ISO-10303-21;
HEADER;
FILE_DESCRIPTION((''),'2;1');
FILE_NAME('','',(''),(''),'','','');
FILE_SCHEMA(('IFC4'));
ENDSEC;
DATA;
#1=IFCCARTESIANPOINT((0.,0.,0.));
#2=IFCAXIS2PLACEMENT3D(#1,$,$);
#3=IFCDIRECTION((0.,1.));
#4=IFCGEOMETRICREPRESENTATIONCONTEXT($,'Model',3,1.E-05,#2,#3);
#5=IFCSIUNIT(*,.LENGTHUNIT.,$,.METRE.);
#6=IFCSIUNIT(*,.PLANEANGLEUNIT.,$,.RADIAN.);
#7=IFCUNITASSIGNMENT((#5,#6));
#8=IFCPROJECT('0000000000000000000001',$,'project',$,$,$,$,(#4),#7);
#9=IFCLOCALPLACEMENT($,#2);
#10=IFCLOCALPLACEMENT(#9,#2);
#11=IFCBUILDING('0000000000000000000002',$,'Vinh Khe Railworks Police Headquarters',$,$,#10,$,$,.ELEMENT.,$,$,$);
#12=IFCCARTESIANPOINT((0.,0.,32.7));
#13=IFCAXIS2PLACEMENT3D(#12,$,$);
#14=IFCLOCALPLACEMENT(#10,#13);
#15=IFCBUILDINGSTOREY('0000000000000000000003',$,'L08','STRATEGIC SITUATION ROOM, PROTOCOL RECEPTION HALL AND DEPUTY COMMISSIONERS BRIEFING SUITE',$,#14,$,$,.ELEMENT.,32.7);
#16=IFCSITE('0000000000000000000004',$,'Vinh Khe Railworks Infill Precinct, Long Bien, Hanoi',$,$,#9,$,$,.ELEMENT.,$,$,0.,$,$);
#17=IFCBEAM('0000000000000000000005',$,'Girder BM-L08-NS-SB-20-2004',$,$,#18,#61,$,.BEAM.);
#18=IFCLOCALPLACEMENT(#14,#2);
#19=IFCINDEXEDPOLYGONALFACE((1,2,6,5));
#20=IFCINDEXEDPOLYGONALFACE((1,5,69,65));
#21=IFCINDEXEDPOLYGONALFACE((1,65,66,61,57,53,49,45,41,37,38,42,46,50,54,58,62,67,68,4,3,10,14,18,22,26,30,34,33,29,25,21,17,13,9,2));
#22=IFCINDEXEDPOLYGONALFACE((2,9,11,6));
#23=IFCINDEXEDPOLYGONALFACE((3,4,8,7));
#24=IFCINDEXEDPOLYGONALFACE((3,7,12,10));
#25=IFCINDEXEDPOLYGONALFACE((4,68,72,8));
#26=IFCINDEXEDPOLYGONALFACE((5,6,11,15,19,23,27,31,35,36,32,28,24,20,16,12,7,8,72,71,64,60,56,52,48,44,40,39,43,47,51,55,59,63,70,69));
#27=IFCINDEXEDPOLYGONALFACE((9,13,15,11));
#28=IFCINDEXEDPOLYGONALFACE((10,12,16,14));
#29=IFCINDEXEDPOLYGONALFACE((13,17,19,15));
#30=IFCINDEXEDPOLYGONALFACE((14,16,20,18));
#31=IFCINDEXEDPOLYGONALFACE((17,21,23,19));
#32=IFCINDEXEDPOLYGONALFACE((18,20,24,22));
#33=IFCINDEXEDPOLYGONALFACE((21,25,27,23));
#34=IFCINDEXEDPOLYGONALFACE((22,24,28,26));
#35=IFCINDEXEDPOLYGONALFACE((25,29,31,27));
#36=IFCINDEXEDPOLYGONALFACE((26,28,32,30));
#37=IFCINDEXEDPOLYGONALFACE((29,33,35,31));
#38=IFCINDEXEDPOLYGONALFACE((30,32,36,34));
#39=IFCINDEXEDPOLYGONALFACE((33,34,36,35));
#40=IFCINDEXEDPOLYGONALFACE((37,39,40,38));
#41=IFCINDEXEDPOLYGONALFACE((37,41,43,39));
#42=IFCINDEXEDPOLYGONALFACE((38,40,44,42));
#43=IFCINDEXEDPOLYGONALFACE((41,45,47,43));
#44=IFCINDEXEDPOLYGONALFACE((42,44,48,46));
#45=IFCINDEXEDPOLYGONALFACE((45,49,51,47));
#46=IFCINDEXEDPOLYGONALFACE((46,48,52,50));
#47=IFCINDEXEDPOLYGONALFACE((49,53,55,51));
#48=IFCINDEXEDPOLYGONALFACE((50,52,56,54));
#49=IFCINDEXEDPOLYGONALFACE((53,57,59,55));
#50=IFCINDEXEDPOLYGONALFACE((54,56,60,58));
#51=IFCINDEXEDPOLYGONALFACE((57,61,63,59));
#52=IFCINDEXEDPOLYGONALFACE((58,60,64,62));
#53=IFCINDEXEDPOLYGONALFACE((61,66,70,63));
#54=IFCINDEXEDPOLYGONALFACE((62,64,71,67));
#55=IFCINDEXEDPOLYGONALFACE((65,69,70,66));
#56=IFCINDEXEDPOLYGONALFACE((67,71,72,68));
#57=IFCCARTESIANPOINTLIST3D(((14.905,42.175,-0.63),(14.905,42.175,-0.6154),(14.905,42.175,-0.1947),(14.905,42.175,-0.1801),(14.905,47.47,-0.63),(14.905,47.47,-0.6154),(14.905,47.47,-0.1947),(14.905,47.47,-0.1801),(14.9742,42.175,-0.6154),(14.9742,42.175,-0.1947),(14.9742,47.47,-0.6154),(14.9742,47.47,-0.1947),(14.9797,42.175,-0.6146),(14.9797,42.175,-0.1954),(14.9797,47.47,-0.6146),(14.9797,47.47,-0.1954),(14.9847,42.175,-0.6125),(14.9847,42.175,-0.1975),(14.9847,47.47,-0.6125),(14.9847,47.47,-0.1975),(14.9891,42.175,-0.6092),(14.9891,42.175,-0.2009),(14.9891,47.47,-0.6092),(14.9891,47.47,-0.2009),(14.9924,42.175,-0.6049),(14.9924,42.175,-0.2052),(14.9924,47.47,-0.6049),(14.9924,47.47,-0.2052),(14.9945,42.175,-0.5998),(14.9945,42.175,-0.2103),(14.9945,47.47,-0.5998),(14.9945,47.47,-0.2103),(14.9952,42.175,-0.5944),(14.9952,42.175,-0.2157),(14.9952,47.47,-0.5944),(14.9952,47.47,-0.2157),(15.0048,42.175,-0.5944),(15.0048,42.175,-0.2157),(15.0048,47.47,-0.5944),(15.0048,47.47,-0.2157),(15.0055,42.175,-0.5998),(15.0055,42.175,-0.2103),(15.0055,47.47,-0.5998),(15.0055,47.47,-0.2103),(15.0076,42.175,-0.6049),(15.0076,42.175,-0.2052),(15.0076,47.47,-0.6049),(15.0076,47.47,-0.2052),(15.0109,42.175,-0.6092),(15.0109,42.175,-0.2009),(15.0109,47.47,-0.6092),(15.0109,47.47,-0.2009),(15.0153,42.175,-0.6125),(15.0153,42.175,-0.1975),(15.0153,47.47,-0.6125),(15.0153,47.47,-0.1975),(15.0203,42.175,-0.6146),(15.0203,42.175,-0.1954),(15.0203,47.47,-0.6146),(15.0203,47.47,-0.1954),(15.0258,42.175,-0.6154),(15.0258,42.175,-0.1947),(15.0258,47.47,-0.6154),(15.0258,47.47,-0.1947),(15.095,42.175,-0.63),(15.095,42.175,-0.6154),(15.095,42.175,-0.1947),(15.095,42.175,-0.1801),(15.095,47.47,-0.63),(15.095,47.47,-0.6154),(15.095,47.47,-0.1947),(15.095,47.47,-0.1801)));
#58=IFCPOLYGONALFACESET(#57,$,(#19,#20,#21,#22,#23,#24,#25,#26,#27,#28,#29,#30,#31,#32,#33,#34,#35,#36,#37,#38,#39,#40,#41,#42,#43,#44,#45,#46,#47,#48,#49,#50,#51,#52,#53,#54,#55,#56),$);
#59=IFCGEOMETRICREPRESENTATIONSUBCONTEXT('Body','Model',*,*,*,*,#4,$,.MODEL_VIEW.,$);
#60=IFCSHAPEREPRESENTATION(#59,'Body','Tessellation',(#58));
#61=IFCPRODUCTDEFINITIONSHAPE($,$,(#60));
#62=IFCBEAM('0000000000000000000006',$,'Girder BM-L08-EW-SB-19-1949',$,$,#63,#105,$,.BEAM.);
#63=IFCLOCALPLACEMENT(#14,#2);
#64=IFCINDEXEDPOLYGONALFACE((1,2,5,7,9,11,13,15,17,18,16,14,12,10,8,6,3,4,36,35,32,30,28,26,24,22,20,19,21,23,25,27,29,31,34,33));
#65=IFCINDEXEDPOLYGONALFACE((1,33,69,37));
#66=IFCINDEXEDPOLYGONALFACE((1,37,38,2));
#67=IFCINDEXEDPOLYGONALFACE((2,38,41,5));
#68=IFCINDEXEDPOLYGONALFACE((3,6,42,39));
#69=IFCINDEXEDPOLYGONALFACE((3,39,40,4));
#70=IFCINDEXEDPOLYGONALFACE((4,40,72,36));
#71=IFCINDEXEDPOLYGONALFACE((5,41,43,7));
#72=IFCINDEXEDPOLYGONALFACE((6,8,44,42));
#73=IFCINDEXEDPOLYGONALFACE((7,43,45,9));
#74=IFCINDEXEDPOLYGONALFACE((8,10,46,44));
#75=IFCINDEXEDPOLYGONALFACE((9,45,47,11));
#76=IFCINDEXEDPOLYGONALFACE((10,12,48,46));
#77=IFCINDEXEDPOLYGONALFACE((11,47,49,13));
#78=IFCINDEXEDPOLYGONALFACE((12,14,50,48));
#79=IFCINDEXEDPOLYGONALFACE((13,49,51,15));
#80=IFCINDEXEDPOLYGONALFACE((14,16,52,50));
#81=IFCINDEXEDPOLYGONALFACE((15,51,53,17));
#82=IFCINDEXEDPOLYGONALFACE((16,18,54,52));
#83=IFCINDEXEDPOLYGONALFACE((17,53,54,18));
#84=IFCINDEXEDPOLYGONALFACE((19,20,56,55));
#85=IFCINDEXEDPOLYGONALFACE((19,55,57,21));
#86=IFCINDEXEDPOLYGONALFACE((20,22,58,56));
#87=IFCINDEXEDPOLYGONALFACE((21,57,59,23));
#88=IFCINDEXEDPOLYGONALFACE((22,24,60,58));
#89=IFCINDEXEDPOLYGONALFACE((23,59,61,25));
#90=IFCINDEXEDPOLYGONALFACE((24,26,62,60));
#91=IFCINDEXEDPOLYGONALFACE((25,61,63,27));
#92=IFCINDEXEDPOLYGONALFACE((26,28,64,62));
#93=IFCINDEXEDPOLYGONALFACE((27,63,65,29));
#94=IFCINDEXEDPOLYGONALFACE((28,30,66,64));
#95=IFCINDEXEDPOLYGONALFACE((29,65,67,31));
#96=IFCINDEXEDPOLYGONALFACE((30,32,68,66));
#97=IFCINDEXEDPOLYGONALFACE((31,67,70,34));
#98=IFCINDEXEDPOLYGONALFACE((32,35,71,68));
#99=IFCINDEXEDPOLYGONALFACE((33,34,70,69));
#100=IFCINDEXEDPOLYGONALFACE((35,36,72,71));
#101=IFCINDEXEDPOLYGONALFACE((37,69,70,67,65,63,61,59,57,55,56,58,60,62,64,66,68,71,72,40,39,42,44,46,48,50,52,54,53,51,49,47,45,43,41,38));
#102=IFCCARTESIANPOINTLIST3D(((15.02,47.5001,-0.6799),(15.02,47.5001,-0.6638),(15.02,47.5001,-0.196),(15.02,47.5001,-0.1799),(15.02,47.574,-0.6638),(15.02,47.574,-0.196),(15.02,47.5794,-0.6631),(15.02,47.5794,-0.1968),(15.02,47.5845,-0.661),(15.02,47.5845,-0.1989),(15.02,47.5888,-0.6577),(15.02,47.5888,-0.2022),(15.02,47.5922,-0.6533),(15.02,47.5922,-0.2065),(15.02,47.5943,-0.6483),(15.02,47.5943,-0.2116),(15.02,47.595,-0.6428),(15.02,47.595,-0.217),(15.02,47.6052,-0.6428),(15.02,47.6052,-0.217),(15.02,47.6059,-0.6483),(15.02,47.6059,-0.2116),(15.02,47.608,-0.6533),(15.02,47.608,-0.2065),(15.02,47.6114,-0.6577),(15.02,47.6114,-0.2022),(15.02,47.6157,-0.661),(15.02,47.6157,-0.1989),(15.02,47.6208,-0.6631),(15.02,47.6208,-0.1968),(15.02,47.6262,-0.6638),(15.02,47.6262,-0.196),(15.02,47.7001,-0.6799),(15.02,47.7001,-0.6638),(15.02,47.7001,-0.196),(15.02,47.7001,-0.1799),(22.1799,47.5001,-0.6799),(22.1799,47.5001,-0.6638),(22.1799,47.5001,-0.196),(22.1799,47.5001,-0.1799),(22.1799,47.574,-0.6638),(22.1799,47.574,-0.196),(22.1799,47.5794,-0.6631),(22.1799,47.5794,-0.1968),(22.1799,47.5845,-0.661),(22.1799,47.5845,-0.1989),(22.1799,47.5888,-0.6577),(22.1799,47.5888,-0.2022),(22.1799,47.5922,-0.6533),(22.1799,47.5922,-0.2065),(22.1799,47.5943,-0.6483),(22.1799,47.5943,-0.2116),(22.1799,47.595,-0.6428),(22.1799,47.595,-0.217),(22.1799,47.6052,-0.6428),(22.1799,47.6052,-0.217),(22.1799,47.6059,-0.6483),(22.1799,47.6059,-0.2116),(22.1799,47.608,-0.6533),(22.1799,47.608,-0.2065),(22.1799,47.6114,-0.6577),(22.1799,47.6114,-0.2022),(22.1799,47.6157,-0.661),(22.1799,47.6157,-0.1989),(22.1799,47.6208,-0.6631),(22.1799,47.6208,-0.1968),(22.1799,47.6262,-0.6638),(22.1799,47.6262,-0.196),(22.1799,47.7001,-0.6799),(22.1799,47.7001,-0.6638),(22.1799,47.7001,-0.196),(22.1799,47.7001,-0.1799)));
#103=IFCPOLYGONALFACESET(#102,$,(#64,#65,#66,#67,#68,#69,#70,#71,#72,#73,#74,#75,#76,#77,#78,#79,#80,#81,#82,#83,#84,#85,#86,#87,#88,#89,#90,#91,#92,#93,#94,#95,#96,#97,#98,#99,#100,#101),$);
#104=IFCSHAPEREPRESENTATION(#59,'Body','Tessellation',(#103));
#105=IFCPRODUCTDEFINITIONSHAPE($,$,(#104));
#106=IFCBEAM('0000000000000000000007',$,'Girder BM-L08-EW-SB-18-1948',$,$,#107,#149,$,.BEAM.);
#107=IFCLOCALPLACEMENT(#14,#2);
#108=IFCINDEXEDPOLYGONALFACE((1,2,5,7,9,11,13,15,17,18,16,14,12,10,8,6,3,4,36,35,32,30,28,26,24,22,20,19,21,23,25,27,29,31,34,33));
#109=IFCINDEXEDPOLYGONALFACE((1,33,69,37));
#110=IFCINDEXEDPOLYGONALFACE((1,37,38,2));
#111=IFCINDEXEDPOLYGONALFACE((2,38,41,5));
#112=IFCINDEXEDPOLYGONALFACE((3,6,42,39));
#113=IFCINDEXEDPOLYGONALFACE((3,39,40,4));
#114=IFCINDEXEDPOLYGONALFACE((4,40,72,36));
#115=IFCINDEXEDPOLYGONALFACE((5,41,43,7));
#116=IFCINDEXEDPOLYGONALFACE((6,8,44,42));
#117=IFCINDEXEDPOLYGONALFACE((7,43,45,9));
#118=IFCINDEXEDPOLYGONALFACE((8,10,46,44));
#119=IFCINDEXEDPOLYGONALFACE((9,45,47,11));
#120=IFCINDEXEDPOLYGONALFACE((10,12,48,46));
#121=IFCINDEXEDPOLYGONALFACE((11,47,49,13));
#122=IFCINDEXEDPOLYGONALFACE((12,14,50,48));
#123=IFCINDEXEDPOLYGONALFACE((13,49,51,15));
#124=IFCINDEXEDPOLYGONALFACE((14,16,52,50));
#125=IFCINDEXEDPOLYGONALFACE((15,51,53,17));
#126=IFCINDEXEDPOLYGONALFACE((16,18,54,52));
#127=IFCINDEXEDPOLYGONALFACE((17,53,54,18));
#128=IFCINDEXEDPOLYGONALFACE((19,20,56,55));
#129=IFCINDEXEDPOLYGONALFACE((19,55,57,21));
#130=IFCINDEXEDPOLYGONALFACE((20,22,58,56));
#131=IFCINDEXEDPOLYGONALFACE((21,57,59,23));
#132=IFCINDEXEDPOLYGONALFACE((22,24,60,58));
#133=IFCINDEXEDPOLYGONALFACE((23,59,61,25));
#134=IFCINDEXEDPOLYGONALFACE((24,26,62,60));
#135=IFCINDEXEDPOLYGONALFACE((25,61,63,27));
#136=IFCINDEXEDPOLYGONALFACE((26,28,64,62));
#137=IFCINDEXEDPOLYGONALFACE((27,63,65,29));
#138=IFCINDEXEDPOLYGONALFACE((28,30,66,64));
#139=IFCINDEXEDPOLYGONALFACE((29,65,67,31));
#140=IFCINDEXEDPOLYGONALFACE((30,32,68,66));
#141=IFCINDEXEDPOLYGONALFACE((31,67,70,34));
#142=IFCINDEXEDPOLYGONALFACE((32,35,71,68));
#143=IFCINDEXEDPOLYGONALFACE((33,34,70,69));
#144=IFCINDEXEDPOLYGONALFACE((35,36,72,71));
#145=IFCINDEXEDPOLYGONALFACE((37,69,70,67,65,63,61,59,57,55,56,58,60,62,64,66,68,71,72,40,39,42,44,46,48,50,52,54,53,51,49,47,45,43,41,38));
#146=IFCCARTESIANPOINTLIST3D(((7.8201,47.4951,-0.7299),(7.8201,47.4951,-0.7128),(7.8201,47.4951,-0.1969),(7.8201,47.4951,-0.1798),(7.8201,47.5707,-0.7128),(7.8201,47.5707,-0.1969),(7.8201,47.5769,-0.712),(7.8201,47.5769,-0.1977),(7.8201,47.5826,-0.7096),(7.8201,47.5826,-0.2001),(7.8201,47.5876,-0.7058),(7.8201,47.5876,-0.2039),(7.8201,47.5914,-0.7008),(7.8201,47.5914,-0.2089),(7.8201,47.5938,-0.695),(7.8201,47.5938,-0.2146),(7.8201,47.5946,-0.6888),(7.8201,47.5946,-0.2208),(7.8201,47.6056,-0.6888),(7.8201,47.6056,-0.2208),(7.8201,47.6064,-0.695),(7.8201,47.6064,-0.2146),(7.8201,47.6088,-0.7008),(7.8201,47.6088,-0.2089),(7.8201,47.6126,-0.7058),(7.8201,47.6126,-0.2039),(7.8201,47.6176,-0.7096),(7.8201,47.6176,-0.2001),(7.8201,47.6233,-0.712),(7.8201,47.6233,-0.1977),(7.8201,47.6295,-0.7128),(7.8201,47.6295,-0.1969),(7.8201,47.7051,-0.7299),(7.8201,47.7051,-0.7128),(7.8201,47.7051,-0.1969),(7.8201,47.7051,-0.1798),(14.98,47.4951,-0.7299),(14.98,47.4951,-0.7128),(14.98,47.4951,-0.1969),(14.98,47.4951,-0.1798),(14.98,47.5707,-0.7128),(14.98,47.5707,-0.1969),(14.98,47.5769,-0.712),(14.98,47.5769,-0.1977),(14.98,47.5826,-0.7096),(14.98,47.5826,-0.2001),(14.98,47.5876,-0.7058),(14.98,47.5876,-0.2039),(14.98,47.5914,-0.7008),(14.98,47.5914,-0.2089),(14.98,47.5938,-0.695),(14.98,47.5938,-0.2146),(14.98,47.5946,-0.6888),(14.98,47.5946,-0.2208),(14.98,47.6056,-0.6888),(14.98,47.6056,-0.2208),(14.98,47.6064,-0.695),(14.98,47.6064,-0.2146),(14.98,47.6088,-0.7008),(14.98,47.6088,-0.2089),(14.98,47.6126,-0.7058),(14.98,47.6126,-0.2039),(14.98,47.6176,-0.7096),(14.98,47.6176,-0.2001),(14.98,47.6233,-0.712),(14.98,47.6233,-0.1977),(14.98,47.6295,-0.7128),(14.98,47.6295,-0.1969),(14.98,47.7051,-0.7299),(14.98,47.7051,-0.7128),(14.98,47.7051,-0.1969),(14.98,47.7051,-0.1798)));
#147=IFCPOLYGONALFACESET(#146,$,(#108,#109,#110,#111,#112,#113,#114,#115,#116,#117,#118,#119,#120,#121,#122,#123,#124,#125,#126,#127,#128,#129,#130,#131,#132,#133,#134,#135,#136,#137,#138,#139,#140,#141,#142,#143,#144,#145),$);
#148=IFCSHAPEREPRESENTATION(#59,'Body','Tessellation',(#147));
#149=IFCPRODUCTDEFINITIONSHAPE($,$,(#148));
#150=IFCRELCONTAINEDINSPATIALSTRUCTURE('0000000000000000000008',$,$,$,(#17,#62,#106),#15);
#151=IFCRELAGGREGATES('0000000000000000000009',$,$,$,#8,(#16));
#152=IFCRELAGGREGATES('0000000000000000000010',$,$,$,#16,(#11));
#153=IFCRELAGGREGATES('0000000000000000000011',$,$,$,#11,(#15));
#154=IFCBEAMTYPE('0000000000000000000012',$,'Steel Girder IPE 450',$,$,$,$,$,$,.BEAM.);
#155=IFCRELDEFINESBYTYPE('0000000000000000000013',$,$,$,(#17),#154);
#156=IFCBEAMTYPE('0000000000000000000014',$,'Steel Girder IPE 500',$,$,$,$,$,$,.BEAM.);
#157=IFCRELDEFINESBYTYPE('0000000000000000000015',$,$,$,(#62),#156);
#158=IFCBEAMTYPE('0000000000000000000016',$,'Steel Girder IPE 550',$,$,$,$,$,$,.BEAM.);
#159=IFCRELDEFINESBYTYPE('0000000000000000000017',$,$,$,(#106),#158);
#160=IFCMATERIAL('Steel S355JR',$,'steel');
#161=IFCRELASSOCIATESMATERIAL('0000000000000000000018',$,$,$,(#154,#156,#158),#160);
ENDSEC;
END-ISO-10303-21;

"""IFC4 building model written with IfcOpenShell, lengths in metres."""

from ifc_helpers import new_model, si_unit, direction, frame, origin, origin_2d, place, context, subcontext, project, spatial, i_section, extrude, material, material_profile, profile_set, type_object, element, save


model = new_model("IFC4")

# Units and contexts
model_context = context("Model", 3, precision=1e-05, world=origin(), true_north=direction((0.0, 1.0)))
body_context = subcontext(model_context, "Body", "Model", "MODEL_VIEW")
ifc_project = project(units=[si_unit("LENGTHUNIT", "METRE"), si_unit("PLANEANGLEUNIT", "RADIAN")], contexts=[model_context])

# Site, building, storey
site_placement = place(None, origin())
site = spatial("IfcSite", under=ifc_project, at=site_placement, Name="Vinh Khe Railworks Infill Precinct, Long Bien, Hanoi", CompositionType="ELEMENT", RefElevation=0.0)
building_placement = place(site_placement, origin())
building = spatial("IfcBuilding", under=site, at=building_placement, Name="Vinh Khe Railworks Police Headquarters", CompositionType="ELEMENT")
storey_placement = place(building_placement, frame((0.0, 0.0, 32.7)))
storey = spatial("IfcBuildingStorey", under=building, at=storey_placement, Name="L08", Description="STRATEGIC SITUATION ROOM, PROTOCOL RECEPTION HALL AND DEPUTY COMMISSIONERS BRIEFING SUITE", CompositionType="ELEMENT", Elevation=32.7)

# Shared definitions
ifc_material_1 = material(Name="Steel S355JR", Category="steel")

# Beams
ifc_material_profile_1 = material_profile(ifc_material_1, i_section(OverallWidth=0.1899, OverallDepth=0.45, WebThickness=0.0095, FlangeThickness=0.0146, FilletRadius=0.021, at=origin_2d()), Name="IPE 450")
ifc_profile_set_1 = profile_set([ifc_material_profile_1], Name="Steel S355JR")
beam_type_1 = type_object("IfcBeamType", Name="Steel Girder IPE 450", PredefinedType="BEAM", material=ifc_profile_set_1)
beam_1_placement = place(storey_placement, frame((15.0, 42.175, -0.405), z_axis=(0.0, 1.0, 0.0), x_axis=(-1.0, 0.0, 0.0)))
element("IfcBeam", 1, at=beam_1_placement, inside=storey, type_object=beam_type_1, Name="Girder BM-L08-NS-SB-20-2004", PredefinedType="BEAM", context=body_context, shape_type="SweptSolid", body=[
    extrude(i_section(OverallWidth=0.1899, OverallDepth=0.45, WebThickness=0.0095, FlangeThickness=0.0146, FilletRadius=0.021, at=origin_2d()), origin(), (0.0, 0.0, 1.0), 5.2949),
])
ifc_material_profile_2 = material_profile(ifc_material_1, i_section(OverallWidth=0.2, OverallDepth=0.5, WebThickness=0.0103, FlangeThickness=0.0161, FilletRadius=0.021, at=origin_2d()), Name="IPE 500")
ifc_profile_set_2 = profile_set([ifc_material_profile_2], Name="Steel S355JR")
beam_type_2 = type_object("IfcBeamType", Name="Steel Girder IPE 500", PredefinedType="BEAM", material=ifc_profile_set_2)
beam_2_placement = place(storey_placement, frame((15.02, 47.6001, -0.4299), z_axis=(1.0, 0.0, 0.0), x_axis=(0.0, 1.0, 0.0)))
element("IfcBeam", 2, at=beam_2_placement, inside=storey, type_object=beam_type_2, Name="Girder BM-L08-EW-SB-19-1949", PredefinedType="BEAM", context=body_context, shape_type="SweptSolid", body=[
    extrude(i_section(OverallWidth=0.2, OverallDepth=0.5, WebThickness=0.0103, FlangeThickness=0.0161, FilletRadius=0.021, at=origin_2d()), origin(), (0.0, 0.0, 1.0), 7.1599),
])
ifc_material_profile_3 = material_profile(ifc_material_1, i_section(OverallWidth=0.21, OverallDepth=0.55, WebThickness=0.011, FlangeThickness=0.0171, FilletRadius=0.0239, at=origin_2d()), Name="IPE 550")
ifc_profile_set_3 = profile_set([ifc_material_profile_3], Name="Steel S355JR")
beam_type_3 = type_object("IfcBeamType", Name="Steel Girder IPE 550", PredefinedType="BEAM", material=ifc_profile_set_3)
beam_3_placement = place(storey_placement, frame((7.8201, 47.6001, -0.4548), z_axis=(1.0, 0.0, 0.0), x_axis=(0.0, 1.0, 0.0)))
element("IfcBeam", 3, at=beam_3_placement, inside=storey, type_object=beam_type_3, Name="Girder BM-L08-EW-SB-18-1948", PredefinedType="BEAM", context=body_context, shape_type="SweptSolid", body=[
    extrude(i_section(OverallWidth=0.21, OverallDepth=0.55, WebThickness=0.011, FlangeThickness=0.0171, FilletRadius=0.0239, at=origin_2d()), origin(), (0.0, 0.0, 1.0), 7.1599),
])

save(model, "model.ifc")
